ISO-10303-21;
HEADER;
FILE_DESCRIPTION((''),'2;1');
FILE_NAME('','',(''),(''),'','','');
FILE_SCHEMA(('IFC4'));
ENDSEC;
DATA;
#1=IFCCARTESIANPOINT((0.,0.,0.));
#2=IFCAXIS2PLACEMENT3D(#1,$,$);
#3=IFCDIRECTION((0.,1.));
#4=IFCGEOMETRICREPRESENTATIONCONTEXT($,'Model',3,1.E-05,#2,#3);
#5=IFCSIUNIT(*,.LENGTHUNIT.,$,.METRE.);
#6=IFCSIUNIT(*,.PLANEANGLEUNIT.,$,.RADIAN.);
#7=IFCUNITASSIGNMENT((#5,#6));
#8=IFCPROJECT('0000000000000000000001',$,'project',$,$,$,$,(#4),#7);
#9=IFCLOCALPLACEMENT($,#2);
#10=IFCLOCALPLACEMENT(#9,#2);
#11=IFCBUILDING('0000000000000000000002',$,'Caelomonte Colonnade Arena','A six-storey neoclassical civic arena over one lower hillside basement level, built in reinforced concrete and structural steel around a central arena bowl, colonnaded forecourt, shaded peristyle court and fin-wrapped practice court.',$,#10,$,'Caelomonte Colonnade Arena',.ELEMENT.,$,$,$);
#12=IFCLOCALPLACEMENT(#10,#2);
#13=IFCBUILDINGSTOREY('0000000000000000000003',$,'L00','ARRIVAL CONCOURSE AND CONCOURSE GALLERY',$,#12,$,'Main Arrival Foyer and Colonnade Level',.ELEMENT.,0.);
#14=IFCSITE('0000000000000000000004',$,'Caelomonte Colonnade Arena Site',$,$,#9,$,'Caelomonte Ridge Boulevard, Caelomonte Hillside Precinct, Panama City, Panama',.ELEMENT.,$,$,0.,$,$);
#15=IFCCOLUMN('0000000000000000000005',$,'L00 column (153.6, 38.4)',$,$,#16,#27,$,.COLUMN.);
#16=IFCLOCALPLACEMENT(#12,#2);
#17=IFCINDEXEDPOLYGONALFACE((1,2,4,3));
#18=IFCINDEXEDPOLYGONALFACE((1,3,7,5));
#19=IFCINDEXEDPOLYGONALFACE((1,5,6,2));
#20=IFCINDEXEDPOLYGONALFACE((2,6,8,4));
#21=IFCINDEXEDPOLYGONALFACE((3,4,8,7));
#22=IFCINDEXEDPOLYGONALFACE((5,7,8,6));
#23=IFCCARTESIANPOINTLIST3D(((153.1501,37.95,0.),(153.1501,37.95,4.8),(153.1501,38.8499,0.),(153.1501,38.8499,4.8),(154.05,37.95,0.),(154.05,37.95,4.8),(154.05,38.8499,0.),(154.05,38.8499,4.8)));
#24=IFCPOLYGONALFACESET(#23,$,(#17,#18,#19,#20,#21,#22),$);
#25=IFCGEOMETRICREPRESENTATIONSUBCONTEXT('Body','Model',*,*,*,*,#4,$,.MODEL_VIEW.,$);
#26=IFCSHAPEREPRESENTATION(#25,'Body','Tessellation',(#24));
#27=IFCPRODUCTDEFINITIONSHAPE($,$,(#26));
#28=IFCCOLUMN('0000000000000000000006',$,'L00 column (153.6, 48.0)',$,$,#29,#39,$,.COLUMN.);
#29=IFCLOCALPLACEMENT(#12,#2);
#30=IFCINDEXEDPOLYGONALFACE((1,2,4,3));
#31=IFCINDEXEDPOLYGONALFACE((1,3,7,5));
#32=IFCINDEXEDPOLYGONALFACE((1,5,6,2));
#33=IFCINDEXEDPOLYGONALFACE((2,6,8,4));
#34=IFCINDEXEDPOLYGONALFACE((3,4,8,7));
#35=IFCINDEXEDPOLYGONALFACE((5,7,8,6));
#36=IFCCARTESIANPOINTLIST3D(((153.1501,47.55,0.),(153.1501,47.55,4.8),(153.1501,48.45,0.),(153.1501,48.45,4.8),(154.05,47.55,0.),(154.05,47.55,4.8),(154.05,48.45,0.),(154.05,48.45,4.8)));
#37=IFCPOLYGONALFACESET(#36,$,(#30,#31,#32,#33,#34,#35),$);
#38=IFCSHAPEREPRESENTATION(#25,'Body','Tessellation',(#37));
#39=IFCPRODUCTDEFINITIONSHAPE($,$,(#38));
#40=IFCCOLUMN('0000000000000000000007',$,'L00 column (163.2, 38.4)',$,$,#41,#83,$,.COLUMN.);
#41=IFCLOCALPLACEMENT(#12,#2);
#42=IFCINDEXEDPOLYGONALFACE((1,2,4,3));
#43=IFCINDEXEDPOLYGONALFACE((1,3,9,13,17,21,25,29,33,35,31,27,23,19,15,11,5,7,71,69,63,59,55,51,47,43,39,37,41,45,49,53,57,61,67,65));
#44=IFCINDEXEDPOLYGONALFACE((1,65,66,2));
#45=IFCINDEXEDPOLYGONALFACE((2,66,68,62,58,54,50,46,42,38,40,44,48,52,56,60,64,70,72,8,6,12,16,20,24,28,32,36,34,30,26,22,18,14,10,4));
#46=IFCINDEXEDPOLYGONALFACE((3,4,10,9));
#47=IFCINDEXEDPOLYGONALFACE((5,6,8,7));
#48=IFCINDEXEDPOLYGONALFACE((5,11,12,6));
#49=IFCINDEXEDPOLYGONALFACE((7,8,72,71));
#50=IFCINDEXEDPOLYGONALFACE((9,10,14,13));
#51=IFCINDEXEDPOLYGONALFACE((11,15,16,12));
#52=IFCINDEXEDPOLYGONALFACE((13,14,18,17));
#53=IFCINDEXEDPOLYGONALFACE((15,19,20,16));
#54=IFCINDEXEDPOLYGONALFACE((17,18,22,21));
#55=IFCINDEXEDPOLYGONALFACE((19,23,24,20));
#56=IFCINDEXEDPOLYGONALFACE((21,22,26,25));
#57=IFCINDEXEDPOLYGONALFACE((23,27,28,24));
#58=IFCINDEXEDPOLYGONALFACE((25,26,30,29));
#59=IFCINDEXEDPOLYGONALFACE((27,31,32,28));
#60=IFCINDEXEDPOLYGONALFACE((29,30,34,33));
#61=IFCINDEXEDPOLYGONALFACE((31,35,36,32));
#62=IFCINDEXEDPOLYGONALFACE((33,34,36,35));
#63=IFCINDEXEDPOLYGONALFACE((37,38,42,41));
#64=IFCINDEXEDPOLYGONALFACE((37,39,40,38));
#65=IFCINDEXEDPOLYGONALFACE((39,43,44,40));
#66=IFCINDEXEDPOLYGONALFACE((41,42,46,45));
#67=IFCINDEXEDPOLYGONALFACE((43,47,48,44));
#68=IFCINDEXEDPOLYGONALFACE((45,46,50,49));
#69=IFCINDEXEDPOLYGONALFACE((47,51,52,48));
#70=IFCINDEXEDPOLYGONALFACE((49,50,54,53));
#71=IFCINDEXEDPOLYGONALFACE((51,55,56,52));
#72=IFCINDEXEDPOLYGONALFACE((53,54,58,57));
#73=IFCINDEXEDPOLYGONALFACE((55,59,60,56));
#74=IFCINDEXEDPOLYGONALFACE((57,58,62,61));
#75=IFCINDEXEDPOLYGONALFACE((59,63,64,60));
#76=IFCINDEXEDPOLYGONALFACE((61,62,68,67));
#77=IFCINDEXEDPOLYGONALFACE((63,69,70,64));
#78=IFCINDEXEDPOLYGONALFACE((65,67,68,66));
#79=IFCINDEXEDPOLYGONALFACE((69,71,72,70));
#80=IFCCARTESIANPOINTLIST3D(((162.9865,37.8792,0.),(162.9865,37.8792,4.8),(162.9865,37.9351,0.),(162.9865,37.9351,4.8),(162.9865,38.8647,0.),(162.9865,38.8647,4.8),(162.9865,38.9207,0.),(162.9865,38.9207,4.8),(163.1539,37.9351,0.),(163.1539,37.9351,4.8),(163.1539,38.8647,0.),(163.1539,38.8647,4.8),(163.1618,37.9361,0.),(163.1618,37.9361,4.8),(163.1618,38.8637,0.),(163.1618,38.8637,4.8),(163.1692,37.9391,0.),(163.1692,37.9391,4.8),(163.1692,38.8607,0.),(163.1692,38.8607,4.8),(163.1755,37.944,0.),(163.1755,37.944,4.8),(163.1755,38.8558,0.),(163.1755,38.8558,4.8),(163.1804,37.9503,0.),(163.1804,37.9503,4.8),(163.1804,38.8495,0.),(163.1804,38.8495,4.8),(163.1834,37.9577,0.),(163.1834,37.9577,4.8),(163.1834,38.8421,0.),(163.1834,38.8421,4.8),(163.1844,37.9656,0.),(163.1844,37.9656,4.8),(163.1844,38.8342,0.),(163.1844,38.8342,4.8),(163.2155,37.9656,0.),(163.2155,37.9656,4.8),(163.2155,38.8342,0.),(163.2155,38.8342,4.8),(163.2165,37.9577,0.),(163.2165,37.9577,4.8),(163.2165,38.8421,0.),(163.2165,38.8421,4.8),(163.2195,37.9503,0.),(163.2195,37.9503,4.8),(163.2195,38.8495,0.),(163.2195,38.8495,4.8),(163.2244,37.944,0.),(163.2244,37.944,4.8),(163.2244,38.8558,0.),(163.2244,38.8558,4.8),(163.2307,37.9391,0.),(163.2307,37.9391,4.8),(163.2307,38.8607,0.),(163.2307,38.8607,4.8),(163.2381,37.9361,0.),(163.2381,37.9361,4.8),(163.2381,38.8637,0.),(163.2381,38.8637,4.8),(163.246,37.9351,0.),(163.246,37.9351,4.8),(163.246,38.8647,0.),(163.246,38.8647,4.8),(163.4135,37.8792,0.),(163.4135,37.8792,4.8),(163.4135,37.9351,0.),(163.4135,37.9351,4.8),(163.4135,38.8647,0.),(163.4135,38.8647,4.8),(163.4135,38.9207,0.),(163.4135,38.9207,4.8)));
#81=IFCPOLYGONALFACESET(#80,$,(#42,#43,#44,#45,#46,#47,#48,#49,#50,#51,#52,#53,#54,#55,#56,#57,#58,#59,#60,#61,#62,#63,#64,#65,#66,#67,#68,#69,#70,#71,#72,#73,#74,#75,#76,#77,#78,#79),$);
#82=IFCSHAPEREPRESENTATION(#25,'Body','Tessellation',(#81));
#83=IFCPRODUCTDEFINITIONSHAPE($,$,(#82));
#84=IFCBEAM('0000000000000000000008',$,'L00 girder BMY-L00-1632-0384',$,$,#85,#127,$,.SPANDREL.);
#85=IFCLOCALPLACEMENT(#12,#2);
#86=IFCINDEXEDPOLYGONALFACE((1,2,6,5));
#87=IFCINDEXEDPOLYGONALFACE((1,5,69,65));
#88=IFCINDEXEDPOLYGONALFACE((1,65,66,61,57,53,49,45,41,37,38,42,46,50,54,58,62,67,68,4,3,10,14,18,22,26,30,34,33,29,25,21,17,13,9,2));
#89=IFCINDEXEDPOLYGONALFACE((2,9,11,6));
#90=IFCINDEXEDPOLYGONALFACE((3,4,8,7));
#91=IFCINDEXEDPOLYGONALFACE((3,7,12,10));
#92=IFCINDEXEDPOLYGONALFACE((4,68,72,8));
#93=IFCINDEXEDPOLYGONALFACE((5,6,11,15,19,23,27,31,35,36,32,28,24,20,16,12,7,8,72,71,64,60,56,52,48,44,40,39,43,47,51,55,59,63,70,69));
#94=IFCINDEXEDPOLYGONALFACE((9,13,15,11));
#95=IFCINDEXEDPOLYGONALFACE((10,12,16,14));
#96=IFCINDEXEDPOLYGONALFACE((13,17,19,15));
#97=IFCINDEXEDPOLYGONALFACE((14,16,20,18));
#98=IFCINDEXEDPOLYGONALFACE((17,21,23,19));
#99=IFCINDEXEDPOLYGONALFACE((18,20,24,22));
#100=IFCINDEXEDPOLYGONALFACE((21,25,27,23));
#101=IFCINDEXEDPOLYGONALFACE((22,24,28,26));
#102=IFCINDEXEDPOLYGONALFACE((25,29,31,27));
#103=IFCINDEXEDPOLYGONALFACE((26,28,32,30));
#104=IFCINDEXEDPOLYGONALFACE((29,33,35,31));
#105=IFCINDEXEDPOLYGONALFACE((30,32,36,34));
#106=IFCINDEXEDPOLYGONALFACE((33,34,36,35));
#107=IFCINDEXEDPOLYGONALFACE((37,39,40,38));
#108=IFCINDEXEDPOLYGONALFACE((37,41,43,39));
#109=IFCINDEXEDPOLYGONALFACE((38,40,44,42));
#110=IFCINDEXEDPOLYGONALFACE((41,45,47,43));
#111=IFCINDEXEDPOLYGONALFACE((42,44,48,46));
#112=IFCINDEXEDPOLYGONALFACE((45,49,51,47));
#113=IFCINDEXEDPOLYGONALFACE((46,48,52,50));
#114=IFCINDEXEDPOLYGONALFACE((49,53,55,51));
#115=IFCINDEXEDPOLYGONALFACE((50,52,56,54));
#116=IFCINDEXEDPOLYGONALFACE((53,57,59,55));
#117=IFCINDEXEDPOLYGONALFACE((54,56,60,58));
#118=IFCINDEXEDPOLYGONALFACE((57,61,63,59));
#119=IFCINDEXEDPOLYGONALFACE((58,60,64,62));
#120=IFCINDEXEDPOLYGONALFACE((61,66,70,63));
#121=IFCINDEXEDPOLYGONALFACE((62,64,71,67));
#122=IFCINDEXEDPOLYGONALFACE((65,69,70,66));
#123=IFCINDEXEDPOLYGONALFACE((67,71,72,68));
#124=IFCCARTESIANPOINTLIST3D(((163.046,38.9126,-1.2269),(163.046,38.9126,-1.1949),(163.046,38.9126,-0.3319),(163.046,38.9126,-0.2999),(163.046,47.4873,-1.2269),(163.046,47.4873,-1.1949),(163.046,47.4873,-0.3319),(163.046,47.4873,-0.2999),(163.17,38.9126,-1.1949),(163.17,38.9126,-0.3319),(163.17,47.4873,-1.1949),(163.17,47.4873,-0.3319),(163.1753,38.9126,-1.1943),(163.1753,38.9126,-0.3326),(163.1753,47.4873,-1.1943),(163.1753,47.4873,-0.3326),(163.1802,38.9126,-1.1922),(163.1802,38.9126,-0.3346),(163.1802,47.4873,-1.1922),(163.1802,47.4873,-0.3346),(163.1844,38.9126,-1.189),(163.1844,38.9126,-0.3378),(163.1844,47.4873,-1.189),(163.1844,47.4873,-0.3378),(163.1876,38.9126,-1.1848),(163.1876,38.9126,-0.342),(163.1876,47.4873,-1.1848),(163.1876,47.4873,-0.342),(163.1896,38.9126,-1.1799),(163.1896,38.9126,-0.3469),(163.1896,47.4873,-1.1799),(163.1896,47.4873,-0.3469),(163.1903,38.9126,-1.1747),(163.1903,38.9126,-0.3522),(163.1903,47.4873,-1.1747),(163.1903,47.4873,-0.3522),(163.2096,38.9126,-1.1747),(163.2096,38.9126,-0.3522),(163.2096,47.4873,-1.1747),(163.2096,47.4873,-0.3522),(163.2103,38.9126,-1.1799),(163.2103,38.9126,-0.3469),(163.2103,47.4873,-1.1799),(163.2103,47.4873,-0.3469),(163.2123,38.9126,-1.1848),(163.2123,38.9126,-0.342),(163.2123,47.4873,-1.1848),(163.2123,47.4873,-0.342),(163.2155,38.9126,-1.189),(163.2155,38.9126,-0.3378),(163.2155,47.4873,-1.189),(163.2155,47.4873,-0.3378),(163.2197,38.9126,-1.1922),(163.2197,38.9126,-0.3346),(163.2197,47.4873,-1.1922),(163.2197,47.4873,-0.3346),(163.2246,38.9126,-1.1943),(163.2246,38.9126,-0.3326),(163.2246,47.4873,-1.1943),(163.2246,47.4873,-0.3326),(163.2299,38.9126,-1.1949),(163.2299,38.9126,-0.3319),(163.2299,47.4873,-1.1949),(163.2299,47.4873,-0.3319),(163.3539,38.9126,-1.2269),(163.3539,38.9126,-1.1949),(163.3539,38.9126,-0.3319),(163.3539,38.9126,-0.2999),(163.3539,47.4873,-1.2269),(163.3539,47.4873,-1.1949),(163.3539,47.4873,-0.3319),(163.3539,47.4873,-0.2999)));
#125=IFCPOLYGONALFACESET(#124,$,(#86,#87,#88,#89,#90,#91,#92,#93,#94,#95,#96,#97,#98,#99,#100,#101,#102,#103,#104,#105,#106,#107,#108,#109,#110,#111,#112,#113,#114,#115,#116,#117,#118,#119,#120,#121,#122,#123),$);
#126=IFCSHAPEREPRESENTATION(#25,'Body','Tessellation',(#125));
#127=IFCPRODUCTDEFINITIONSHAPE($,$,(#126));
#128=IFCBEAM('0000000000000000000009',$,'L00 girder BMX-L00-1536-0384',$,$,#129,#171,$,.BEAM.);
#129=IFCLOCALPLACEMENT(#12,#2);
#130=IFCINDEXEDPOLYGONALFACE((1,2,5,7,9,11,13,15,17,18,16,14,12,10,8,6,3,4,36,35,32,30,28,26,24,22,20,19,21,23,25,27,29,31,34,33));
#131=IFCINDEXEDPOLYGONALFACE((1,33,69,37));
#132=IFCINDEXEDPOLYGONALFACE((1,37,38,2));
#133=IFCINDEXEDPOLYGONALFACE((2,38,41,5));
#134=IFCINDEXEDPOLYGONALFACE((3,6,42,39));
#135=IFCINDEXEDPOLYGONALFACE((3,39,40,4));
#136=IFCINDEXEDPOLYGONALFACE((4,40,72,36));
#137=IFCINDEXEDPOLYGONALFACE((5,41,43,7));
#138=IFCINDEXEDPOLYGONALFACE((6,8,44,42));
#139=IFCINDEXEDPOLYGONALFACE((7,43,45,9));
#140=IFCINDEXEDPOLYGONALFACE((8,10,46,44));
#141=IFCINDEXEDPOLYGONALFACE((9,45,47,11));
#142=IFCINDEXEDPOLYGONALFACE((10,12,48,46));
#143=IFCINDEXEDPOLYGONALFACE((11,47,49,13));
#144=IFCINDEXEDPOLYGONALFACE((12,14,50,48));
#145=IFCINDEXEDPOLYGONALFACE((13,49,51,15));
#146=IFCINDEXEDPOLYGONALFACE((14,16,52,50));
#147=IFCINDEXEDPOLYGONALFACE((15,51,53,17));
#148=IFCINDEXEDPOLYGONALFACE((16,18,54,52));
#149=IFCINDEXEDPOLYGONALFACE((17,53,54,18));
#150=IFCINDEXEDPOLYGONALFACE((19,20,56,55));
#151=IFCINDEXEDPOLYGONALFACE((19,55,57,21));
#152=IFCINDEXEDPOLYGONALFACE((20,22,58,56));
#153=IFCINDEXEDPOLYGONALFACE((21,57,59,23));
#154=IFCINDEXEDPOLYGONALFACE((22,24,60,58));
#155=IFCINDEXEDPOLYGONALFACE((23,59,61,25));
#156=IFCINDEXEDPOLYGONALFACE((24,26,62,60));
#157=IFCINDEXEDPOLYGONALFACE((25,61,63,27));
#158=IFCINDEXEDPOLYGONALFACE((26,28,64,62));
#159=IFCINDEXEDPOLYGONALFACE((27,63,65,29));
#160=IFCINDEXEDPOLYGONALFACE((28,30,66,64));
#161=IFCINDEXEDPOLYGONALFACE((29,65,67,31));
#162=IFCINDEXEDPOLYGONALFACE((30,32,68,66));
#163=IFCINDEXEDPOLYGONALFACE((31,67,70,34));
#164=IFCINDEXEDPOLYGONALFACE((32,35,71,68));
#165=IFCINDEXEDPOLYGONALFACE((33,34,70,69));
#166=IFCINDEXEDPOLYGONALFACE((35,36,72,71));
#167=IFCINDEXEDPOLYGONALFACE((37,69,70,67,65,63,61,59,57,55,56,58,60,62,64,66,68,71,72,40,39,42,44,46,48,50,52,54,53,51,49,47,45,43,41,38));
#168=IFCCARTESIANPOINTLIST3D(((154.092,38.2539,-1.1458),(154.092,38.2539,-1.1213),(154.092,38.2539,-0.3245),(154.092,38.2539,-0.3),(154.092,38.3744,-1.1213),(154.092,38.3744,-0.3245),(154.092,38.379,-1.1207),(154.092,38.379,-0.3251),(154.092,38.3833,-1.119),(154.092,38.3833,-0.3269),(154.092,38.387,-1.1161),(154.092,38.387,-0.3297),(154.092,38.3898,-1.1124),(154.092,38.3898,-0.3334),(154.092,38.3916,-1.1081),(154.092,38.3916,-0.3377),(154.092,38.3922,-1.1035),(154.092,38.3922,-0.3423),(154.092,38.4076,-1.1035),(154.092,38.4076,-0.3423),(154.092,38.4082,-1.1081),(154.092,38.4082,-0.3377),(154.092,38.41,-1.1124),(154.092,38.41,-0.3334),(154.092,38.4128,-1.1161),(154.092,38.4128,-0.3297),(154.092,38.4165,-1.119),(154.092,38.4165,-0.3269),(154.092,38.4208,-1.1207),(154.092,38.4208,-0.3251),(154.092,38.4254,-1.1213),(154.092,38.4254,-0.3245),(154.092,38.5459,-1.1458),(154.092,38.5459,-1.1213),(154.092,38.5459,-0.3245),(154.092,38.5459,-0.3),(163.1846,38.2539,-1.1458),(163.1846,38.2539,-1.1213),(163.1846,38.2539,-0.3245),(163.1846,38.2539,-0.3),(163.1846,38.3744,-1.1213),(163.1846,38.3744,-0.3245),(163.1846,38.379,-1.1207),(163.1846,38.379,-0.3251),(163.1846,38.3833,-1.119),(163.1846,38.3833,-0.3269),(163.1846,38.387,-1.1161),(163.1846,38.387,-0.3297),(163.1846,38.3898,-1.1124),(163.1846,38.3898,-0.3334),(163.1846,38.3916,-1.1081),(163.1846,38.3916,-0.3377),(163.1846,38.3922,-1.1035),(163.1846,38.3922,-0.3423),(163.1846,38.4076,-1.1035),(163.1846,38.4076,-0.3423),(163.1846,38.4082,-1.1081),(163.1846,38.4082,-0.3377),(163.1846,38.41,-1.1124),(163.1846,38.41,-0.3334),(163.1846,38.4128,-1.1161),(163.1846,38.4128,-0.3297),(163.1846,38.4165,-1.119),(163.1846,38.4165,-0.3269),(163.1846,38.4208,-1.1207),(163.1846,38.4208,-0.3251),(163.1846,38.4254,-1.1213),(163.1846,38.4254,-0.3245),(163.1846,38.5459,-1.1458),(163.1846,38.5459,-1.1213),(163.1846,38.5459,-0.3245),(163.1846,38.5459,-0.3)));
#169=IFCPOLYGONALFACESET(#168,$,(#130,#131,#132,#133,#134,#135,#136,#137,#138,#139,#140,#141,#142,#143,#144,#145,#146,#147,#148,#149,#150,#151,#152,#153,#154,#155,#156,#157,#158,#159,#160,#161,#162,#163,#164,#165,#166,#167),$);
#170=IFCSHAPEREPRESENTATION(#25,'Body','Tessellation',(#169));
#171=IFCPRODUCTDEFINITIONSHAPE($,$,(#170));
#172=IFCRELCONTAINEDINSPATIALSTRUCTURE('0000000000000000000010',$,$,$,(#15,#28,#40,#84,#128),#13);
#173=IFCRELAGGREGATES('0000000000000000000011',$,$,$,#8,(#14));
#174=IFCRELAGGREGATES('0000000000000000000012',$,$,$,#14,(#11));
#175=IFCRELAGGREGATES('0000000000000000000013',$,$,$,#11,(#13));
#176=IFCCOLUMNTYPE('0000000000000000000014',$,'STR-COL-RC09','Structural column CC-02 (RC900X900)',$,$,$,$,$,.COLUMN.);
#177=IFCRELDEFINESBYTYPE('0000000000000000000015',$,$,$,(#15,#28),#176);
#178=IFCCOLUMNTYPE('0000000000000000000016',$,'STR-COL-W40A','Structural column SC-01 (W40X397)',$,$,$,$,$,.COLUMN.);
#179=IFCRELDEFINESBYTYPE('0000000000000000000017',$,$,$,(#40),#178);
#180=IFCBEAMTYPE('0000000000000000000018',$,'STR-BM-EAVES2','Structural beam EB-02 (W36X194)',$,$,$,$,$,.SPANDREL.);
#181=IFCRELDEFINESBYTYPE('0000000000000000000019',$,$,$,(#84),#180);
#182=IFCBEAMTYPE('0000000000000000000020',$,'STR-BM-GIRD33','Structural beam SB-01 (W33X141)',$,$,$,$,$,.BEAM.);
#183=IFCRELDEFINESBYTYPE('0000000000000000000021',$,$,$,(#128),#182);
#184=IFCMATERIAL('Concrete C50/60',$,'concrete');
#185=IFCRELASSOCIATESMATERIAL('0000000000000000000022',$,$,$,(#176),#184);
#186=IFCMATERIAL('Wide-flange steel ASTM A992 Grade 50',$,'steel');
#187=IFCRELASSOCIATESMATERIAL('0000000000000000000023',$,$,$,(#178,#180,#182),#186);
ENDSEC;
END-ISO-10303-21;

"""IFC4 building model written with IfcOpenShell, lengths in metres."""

from ifc_helpers import new_model, si_unit, direction, frame, origin, origin_2d, place, context, subcontext, project, spatial, rectangle, i_section, extrude, material, material_profile, profile_set, type_object, element, save


model = new_model("IFC4")

# Units and contexts
model_context = context("Model", 3, precision=1e-05, world=origin(), true_north=direction((0.0, 1.0)))
body_context = subcontext(model_context, "Body", "Model", "MODEL_VIEW")
ifc_project = project(units=[si_unit("LENGTHUNIT", "METRE"), si_unit("PLANEANGLEUNIT", "RADIAN")], contexts=[model_context])

# Site, building, storey
site_placement = place(None, origin())
site = spatial("IfcSite", under=ifc_project, at=site_placement, Name="Caelomonte Colonnade Arena Site", LongName="Caelomonte Ridge Boulevard, Caelomonte Hillside Precinct, Panama City, Panama", CompositionType="ELEMENT", RefElevation=0.0)
building_placement = place(site_placement, origin())
building = spatial("IfcBuilding", under=site, at=building_placement, Name="Caelomonte Colonnade Arena", Description="A six-storey neoclassical civic arena over one lower hillside basement level, built in reinforced concrete and structural steel around a central arena bowl, colonnaded forecourt, shaded peristyle court and fin-wrapped practice court.", LongName="Caelomonte Colonnade Arena", CompositionType="ELEMENT")
storey_placement = place(building_placement, origin())
storey = spatial("IfcBuildingStorey", under=building, at=storey_placement, Name="L00", Description="ARRIVAL CONCOURSE AND CONCOURSE GALLERY", LongName="Main Arrival Foyer and Colonnade Level", CompositionType="ELEMENT", Elevation=0.0)

# Columns
ifc_material_1 = material(Name="Concrete C50/60", Category="concrete")
ifc_material_profile_1 = material_profile(ifc_material_1, rectangle(XDim=0.8999, YDim=0.8999, at=origin_2d()), Name="RC900X900")
ifc_profile_set_1 = profile_set([ifc_material_profile_1], Name="Concrete C50/60")
column_type_1 = type_object("IfcColumnType", Name="STR-COL-RC09", Description="Structural column CC-02 (RC900X900)", PredefinedType="COLUMN", material=ifc_profile_set_1)
for number, where, z_axis, x_axis, name in (
    (1, (153.6001, 38.3999, 0.0), (0.0, 0.0, 1.0), (1.0, 0.0, 0.0), "L00 column (153.6, 38.4)"),
    (2, (153.6001, 48.0, 0.0), (0.0, 0.0, 1.0), (1.0, 0.0, 0.0), "L00 column (153.6, 48.0)"),
):
    element("IfcColumn", number, at=place(storey_placement, frame(where, z_axis=z_axis, x_axis=x_axis)), inside=storey, type_object=column_type_1, Name=name, PredefinedType="COLUMN", context=body_context, shape_type="SweptSolid", body=[
        extrude(rectangle(XDim=0.8999, YDim=0.8999, at=origin_2d()), origin(), (0.0, 0.0, 1.0), 4.8),
    ])
ifc_material_2 = material(Name="Wide-flange steel ASTM A992 Grade 50", Category="steel")
ifc_material_profile_2 = material_profile(ifc_material_2, i_section(OverallWidth=0.427, OverallDepth=1.0415, WebThickness=0.031, FlangeThickness=0.0559, FilletRadius=0.0305, at=origin_2d()), Name="W40X397")
ifc_profile_set_2 = profile_set([ifc_material_profile_2], Name="Wide-flange steel ASTM A992 Grade 50")
column_type_2 = type_object("IfcColumnType", Name="STR-COL-W40A", Description="Structural column SC-01 (W40X397)", PredefinedType="COLUMN", material=ifc_profile_set_2)
column_placement = place(storey_placement, frame((163.2, 38.3999, 0.0), z_axis=(0.0, 0.0, 1.0), x_axis=(1.0, 0.0, 0.0)))
element("IfcColumn", 3, at=column_placement, inside=storey, type_object=column_type_2, Name="L00 column (163.2, 38.4)", PredefinedType="COLUMN", context=body_context, shape_type="SweptSolid", body=[
    extrude(i_section(OverallWidth=0.427, OverallDepth=1.0415, WebThickness=0.031, FlangeThickness=0.0559, FilletRadius=0.0305, at=origin_2d()), origin(), (0.0, 0.0, 1.0), 4.8),
])

# Beams
ifc_material_profile_3 = material_profile(ifc_material_2, i_section(OverallWidth=0.3079, OverallDepth=0.927, WebThickness=0.0193, FlangeThickness=0.032, FilletRadius=0.0203, at=origin_2d()), Name="W36X194")
ifc_profile_set_3 = profile_set([ifc_material_profile_3], Name="Wide-flange steel ASTM A992 Grade 50")
beam_type_1 = type_object("IfcBeamType", Name="STR-BM-EAVES2", Description="Structural beam EB-02 (W36X194)", PredefinedType="SPANDREL", material=ifc_profile_set_3)
beam_1_placement = place(storey_placement, frame((163.2, 38.9126, -0.7634), z_axis=(0.0, 1.0, 0.0), x_axis=(-1.0, 0.0, 0.0)))
element("IfcBeam", 4, at=beam_1_placement, inside=storey, type_object=beam_type_1, Name="L00 girder BMY-L00-1632-0384", PredefinedType="SPANDREL", context=body_context, shape_type="SweptSolid", body=[
    extrude(i_section(OverallWidth=0.3079, OverallDepth=0.927, WebThickness=0.0193, FlangeThickness=0.032, FilletRadius=0.0203, at=origin_2d()), origin(), (0.0, 0.0, 1.0), 8.5747),
])
ifc_material_profile_4 = material_profile(ifc_material_2, i_section(OverallWidth=0.292, OverallDepth=0.8457, WebThickness=0.0154, FlangeThickness=0.0244, FilletRadius=0.0178, at=origin_2d()), Name="W33X141")
ifc_profile_set_4 = profile_set([ifc_material_profile_4], Name="Wide-flange steel ASTM A992 Grade 50")
beam_type_2 = type_object("IfcBeamType", Name="STR-BM-GIRD33", Description="Structural beam SB-01 (W33X141)", PredefinedType="BEAM", material=ifc_profile_set_4)
for number, where, z_axis, x_axis, name in (
    (5, (154.092, 38.3999, -0.7229), (1.0, 0.0, 0.0), (0.0, 1.0, 0.0), "L00 girder BMX-L00-1536-0384"),
):
    element("IfcBeam", number, at=place(storey_placement, frame(where, z_axis=z_axis, x_axis=x_axis)), inside=storey, type_object=beam_type_2, Name=name, PredefinedType="BEAM", context=body_context, shape_type="SweptSolid", body=[
        extrude(i_section(OverallWidth=0.292, OverallDepth=0.8457, WebThickness=0.0154, FlangeThickness=0.0244, FilletRadius=0.0178, at=origin_2d()), origin(), (0.0, 0.0, 1.0), 9.0925),
    ])

save(model, "model.ifc")
